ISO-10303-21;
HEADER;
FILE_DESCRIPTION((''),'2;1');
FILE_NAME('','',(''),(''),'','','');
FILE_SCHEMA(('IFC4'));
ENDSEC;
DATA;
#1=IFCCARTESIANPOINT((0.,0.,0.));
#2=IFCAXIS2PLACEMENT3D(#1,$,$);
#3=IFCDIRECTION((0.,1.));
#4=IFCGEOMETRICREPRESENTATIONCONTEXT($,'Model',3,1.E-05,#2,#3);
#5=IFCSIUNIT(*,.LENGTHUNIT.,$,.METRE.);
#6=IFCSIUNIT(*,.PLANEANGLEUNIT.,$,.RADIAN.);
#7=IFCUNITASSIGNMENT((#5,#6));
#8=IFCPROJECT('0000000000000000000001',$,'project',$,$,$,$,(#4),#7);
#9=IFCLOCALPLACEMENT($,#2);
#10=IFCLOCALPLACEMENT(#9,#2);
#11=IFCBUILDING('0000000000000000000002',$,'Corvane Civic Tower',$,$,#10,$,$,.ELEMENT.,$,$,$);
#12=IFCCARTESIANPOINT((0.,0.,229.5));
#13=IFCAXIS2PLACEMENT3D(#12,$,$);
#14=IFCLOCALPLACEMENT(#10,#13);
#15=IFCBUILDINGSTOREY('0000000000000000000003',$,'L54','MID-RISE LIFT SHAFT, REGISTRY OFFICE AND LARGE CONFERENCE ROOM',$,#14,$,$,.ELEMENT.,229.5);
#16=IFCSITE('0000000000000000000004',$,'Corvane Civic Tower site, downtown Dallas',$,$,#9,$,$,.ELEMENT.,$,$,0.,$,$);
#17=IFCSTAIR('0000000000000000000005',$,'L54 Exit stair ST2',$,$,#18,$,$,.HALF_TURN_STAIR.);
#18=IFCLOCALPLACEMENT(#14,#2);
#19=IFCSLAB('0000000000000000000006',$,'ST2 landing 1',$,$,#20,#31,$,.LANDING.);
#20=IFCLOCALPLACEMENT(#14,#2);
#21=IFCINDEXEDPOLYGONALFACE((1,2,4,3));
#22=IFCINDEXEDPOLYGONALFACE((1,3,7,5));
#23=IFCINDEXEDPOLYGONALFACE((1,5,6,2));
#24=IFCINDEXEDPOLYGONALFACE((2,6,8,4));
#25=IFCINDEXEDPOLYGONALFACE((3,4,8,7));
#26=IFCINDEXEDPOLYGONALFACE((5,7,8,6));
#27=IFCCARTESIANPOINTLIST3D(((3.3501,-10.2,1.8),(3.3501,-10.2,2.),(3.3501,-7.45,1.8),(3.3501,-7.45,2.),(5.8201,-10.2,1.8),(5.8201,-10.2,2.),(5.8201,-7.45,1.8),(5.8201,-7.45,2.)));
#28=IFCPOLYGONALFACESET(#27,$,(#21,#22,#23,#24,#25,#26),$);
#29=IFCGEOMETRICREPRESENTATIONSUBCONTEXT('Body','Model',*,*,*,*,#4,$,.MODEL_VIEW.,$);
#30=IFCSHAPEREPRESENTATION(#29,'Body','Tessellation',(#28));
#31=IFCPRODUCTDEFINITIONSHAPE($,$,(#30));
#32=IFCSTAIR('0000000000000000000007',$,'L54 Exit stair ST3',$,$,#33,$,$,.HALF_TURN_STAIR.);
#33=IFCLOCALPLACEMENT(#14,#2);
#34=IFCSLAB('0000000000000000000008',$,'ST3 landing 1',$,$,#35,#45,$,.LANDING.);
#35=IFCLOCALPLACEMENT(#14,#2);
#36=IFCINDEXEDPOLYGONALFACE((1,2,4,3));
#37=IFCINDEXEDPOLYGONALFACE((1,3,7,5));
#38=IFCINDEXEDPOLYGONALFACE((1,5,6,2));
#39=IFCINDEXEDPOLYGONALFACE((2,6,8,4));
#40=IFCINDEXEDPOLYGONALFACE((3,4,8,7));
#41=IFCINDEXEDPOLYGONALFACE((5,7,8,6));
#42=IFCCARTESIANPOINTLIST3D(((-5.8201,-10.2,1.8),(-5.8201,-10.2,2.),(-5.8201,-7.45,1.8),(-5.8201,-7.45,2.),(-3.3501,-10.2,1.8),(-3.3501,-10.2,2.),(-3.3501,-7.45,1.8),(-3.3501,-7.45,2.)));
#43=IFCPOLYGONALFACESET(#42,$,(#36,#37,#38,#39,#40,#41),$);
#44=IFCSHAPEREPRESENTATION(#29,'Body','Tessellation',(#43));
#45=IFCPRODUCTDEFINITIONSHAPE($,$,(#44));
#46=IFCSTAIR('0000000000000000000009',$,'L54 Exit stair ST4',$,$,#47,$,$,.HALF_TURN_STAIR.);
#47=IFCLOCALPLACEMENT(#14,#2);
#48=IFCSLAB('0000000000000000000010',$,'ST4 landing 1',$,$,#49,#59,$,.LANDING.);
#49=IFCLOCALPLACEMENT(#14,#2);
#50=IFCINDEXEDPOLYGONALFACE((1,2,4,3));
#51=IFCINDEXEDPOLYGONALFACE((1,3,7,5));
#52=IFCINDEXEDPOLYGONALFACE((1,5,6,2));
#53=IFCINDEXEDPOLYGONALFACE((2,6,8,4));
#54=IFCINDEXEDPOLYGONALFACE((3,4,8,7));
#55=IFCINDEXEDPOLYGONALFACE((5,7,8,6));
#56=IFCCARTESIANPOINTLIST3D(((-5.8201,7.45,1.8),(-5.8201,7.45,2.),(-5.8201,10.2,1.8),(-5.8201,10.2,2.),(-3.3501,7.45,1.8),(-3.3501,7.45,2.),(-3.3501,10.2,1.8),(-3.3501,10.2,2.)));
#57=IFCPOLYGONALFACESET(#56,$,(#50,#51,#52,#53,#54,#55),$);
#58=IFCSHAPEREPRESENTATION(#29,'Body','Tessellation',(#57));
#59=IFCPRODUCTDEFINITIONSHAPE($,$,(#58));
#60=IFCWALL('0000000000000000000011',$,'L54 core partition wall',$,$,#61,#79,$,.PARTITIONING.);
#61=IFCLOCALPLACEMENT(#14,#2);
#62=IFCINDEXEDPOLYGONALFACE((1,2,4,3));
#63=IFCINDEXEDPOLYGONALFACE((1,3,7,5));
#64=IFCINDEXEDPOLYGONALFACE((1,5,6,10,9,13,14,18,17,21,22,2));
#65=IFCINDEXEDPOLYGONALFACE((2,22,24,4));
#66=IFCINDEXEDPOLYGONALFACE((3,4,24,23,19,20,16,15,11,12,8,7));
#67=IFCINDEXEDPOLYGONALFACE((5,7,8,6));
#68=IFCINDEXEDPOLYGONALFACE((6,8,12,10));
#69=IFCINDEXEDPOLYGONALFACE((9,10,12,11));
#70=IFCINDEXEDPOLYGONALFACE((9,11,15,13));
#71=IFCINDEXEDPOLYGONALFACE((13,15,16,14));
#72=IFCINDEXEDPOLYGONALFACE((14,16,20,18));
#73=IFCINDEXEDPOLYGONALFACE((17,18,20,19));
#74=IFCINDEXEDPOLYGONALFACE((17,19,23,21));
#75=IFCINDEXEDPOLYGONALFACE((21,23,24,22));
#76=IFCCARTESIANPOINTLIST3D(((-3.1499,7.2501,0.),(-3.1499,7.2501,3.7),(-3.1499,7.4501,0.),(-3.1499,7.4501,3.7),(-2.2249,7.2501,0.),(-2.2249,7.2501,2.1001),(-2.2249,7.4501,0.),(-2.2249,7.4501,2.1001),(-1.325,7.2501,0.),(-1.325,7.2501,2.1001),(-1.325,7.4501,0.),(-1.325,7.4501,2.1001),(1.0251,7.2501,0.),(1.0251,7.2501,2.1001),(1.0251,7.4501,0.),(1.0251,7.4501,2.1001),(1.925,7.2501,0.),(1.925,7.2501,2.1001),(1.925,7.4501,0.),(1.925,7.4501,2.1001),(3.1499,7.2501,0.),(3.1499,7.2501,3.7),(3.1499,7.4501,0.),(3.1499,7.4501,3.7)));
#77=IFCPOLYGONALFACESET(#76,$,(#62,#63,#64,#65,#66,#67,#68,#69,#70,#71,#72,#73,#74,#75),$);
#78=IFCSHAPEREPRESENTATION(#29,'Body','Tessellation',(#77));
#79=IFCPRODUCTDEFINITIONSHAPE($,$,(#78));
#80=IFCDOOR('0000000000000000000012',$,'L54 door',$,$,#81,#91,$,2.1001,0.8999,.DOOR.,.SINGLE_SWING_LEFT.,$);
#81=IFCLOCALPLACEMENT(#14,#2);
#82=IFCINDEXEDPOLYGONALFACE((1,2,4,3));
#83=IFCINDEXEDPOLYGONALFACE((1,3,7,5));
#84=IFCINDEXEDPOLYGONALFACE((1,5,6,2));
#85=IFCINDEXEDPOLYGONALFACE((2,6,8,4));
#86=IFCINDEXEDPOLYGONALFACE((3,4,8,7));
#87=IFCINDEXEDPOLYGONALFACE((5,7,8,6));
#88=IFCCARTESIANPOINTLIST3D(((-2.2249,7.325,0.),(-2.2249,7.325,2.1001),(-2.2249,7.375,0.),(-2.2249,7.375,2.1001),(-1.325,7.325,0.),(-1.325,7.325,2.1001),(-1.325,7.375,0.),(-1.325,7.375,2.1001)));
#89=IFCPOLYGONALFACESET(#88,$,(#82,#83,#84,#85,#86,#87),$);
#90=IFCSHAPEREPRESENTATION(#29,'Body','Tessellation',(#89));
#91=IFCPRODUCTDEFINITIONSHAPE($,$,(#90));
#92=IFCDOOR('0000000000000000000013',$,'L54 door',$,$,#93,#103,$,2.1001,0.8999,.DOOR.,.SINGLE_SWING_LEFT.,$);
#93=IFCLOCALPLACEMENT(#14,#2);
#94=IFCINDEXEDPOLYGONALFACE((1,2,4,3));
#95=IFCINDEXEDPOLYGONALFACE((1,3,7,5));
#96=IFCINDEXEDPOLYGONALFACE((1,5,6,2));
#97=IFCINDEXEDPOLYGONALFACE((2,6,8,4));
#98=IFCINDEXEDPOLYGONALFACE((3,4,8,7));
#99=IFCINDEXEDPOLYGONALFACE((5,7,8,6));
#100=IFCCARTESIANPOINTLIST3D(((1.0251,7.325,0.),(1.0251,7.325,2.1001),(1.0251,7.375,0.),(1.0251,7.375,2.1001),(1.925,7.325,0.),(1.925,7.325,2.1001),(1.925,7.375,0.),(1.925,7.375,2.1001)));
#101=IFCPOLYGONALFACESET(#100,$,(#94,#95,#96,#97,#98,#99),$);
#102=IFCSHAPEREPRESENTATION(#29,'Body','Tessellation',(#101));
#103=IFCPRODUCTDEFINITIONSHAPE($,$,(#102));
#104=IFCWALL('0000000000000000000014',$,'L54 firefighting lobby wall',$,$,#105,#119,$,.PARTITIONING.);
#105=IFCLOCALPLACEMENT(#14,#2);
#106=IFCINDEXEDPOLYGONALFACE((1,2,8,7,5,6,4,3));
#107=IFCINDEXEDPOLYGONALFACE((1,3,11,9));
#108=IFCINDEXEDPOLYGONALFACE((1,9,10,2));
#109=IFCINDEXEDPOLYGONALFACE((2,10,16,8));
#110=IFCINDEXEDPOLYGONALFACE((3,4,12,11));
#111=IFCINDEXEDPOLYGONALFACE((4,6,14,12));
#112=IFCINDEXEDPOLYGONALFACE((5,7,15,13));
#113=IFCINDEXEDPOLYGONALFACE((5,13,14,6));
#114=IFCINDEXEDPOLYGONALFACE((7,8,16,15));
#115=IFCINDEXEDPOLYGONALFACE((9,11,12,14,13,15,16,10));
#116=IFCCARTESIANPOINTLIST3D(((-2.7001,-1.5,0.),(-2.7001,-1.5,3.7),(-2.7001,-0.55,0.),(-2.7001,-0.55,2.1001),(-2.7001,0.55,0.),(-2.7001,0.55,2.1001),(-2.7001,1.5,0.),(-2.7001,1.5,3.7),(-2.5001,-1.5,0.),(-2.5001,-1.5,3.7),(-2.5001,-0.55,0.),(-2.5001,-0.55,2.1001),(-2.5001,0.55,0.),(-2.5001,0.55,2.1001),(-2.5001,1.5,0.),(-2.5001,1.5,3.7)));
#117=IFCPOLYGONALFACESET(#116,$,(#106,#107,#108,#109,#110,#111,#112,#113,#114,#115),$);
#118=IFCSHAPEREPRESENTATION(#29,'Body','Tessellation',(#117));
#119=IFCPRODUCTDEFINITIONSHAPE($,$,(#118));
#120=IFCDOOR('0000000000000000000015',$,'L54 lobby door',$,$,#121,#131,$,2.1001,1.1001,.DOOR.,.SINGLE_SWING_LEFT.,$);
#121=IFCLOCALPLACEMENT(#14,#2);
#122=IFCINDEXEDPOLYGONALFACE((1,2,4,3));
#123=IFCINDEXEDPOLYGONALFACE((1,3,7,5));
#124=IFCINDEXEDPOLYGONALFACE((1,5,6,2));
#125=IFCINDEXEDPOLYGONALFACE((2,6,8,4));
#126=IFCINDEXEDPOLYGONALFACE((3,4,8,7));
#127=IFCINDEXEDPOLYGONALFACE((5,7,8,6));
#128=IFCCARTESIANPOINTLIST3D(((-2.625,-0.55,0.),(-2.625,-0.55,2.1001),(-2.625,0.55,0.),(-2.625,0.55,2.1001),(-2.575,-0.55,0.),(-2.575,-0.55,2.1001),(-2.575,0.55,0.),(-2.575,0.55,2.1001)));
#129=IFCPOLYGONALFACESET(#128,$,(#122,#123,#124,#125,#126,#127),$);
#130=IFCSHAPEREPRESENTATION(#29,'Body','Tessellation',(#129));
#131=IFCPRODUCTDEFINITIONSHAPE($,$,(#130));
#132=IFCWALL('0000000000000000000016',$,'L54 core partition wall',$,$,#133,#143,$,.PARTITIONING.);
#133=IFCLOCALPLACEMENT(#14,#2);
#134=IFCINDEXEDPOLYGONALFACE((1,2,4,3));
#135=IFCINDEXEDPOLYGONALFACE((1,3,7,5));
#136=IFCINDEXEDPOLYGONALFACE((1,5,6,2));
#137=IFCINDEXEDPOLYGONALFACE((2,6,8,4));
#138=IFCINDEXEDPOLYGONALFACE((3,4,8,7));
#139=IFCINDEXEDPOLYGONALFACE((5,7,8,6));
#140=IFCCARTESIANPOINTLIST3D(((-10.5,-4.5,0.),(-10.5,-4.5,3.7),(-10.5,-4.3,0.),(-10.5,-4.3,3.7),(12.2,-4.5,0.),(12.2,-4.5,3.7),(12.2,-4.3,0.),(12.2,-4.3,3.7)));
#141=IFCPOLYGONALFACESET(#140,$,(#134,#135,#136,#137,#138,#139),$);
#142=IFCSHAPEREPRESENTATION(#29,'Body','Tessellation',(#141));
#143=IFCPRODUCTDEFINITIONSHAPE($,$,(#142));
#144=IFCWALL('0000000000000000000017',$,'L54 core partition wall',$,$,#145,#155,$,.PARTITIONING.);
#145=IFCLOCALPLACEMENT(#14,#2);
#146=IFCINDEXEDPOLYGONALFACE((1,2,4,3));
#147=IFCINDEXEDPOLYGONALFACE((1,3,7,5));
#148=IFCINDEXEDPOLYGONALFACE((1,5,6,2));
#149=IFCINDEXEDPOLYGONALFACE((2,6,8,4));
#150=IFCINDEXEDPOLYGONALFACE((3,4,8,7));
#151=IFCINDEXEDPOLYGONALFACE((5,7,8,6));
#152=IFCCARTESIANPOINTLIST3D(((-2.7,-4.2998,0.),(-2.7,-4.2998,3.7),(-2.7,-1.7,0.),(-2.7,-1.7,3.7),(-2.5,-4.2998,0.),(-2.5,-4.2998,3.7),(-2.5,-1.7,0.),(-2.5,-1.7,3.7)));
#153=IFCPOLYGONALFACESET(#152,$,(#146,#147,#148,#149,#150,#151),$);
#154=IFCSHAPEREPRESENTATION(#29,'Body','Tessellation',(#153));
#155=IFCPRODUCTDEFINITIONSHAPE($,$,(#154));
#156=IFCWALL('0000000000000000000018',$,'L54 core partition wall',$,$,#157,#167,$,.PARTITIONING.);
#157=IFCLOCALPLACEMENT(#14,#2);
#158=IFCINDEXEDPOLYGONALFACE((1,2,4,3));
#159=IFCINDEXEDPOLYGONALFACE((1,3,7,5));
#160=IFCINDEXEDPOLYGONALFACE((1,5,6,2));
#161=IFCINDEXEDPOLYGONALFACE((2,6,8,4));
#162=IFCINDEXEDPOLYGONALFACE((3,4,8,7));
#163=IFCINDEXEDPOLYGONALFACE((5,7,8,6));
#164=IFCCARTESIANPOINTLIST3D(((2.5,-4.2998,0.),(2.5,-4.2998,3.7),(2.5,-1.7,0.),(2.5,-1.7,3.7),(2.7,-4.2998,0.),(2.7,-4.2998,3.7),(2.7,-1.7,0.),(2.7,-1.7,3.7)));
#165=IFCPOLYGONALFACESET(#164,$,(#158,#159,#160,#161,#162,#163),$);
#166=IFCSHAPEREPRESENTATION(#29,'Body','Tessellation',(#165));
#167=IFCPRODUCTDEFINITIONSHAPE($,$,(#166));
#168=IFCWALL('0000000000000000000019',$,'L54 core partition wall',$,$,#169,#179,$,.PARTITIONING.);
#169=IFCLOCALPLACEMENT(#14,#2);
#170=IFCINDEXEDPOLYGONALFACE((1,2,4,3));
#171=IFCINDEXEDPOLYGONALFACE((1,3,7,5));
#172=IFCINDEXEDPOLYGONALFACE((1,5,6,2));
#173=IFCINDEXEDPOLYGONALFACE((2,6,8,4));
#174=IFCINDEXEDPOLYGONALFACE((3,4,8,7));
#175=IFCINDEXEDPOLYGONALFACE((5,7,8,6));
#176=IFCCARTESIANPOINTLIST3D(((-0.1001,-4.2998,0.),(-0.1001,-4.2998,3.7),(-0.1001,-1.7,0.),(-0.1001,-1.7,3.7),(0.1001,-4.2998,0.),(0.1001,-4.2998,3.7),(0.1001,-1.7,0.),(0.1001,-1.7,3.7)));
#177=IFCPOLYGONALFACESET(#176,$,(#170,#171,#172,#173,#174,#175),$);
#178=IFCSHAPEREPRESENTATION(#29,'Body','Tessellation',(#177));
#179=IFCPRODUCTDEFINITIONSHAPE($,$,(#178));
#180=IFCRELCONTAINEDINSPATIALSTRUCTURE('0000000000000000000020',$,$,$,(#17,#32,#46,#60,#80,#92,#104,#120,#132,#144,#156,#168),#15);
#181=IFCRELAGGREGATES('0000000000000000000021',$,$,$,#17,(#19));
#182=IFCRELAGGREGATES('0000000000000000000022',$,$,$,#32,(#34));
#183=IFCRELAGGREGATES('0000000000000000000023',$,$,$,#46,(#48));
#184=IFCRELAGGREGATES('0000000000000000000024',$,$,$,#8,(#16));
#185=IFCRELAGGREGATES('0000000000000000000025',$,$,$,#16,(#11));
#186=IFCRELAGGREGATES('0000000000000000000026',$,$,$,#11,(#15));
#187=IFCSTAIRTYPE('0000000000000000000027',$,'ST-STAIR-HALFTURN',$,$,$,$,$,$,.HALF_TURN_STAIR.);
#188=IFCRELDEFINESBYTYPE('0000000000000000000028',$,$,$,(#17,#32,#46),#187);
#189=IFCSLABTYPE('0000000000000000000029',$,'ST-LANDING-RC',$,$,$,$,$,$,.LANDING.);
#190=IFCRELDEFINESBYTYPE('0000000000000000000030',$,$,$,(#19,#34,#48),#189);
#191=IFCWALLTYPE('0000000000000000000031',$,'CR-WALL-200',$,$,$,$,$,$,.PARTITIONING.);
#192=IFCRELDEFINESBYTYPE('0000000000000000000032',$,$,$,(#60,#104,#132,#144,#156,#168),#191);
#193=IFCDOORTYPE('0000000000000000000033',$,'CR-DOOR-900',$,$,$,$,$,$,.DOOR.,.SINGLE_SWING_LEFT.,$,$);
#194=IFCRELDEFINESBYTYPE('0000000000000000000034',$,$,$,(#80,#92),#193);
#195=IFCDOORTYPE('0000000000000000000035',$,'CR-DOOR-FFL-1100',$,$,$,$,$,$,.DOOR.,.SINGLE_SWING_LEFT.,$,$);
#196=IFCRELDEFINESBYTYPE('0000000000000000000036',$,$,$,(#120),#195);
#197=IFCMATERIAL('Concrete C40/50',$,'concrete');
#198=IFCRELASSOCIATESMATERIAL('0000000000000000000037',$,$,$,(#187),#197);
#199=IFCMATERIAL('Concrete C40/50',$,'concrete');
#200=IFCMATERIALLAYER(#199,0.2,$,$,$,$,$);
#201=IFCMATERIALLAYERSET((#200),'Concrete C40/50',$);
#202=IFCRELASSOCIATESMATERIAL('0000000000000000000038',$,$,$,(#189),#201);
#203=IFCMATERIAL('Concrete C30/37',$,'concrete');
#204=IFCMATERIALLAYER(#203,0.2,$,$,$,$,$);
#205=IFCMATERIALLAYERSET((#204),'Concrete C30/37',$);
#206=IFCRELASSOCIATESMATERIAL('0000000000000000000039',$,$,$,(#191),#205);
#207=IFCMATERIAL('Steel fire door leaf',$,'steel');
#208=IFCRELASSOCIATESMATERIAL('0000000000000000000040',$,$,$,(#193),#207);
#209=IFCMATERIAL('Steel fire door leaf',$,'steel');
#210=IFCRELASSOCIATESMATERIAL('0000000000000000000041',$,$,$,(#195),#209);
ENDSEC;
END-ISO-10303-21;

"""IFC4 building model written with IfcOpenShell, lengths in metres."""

from ifc_helpers import new_model, si_unit, direction, frame, frame_2d, origin, place, context, subcontext, project, spatial, polyline, rectangle, outline, extrude, material, layer, layer_set, type_object, element, fill, aggregate, save


model = new_model("IFC4")

# Units and contexts
model_context = context("Model", 3, precision=1e-05, world=origin(), true_north=direction((0.0, 1.0)))
body_context = subcontext(model_context, "Body", "Model", "MODEL_VIEW")
ifc_project = project(units=[si_unit("LENGTHUNIT", "METRE"), si_unit("PLANEANGLEUNIT", "RADIAN")], contexts=[model_context])

# Site, building, storey
site_placement = place(None, origin())
site = spatial("IfcSite", under=ifc_project, at=site_placement, Name="Corvane Civic Tower site, downtown Dallas", CompositionType="ELEMENT", RefElevation=0.0)
building_placement = place(site_placement, origin())
building = spatial("IfcBuilding", under=site, at=building_placement, Name="Corvane Civic Tower", CompositionType="ELEMENT")
storey_placement = place(building_placement, frame((0.0, 0.0, 229.5)))
storey = spatial("IfcBuildingStorey", under=building, at=storey_placement, Name="L54", Description="MID-RISE LIFT SHAFT, REGISTRY OFFICE AND LARGE CONFERENCE ROOM", CompositionType="ELEMENT", Elevation=229.5)

# Stairs, slabs
ifc_material_1 = material(Name="Concrete C40/50", Category="concrete")
stair_type = type_object("IfcStairType", Name="ST-STAIR-HALFTURN", PredefinedType="HALF_TURN_STAIR", material=ifc_material_1)
ifc_material_2 = material(Name="Concrete C40/50", Category="concrete")
ifc_layer_1 = layer(ifc_material_2, 0.2)
ifc_layer_set_1 = layer_set([ifc_layer_1], Name="Concrete C40/50")
slab_type_1 = type_object("IfcSlabType", Name="ST-LANDING-RC", PredefinedType="LANDING", material=ifc_layer_set_1)
stair_1_placement = place(storey_placement, origin())
stair_1 = element("IfcStair", 1, at=stair_1_placement, inside=storey, type_object=stair_type, Name="L54 Exit stair ST2", PredefinedType="HALF_TURN_STAIR")
slab_1_placement = place(storey_placement, frame((0.0, 0.0, 1.8)))
slab_1 = element("IfcSlab", 2, at=slab_1_placement, type_object=slab_type_1, Name="ST2 landing 1", PredefinedType="LANDING", context=body_context, shape_type="SweptSolid", body=[
    extrude(outline(polyline([(5.8201, -7.45), (3.3501, -7.45), (3.3501, -10.2), (5.8201, -10.2), (5.8201, -7.45)])), origin(), (0.0, 0.0, 1.0), 0.2),
])
aggregate(stair_1, [slab_1])
stair_2_placement = place(storey_placement, origin())
stair_2 = element("IfcStair", 3, at=stair_2_placement, inside=storey, type_object=stair_type, Name="L54 Exit stair ST3", PredefinedType="HALF_TURN_STAIR")
slab_2_placement = place(storey_placement, frame((0.0, 0.0, 1.8)))
slab_2 = element("IfcSlab", 4, at=slab_2_placement, type_object=slab_type_1, Name="ST3 landing 1", PredefinedType="LANDING", context=body_context, shape_type="SweptSolid", body=[
    extrude(outline(polyline([(-5.8201, -10.2), (-3.3501, -10.2), (-3.3501, -7.45), (-5.8201, -7.45), (-5.8201, -10.2)])), origin(), (0.0, 0.0, 1.0), 0.2),
])
aggregate(stair_2, [slab_2])
stair_3_placement = place(storey_placement, origin())
stair_3 = element("IfcStair", 5, at=stair_3_placement, inside=storey, type_object=stair_type, Name="L54 Exit stair ST4", PredefinedType="HALF_TURN_STAIR")
slab_3_placement = place(storey_placement, frame((0.0, 0.0, 1.8)))
slab_3 = element("IfcSlab", 6, at=slab_3_placement, type_object=slab_type_1, Name="ST4 landing 1", PredefinedType="LANDING", context=body_context, shape_type="SweptSolid", body=[
    extrude(outline(polyline([(-5.8201, 7.45), (-3.3501, 7.45), (-3.3501, 10.2), (-5.8201, 10.2), (-5.8201, 7.45)])), origin(), (0.0, 0.0, 1.0), 0.2),
])

# Wall, openings, doors
ifc_material_3 = material(Name="Concrete C30/37", Category="concrete")
ifc_layer_2 = layer(ifc_material_3, 0.2)
ifc_layer_set_2 = layer_set([ifc_layer_2], Name="Concrete C30/37")
wall_type_1 = type_object("IfcWallType", Name="CR-WALL-200", PredefinedType="PARTITIONING", material=ifc_layer_set_2)
wall_1_placement = place(storey_placement, frame((-3.1499, 7.3501, 0.0), z_axis=(0.0, 0.0, 1.0), x_axis=(1.0, 0.0, 0.0)))
wall_1 = element("IfcWall", 7, at=wall_1_placement, inside=storey, type_object=wall_type_1, Name="L54 core partition wall", PredefinedType="PARTITIONING", context=body_context, shape_type="SweptSolid", body=[
    extrude(rectangle(XDim=6.2998, YDim=0.2, at=frame_2d((3.1499, 0.0))), origin(), (0.0, 0.0, 1.0), 3.7),
])
opening_1_placement = place(wall_1_placement, frame((0.925, 0.0, 0.0)))
opening_1 = element("IfcOpeningElement", 8, at=opening_1_placement, cuts=wall_1, PredefinedType="OPENING", context=body_context, shape_type="SweptSolid", body=[
    extrude(rectangle(XDim=0.8999, YDim=2.1001, at=frame_2d((0.45, 1.05))), frame((0.0, 0.1099, 0.0), z_axis=(0.0, -1.0, 0.0), x_axis=(1.0, 0.0, 0.0)), (0.0, 0.0, 1.0), 0.22),
])
opening_2_placement = place(wall_1_placement, frame((4.175, 0.0, 0.0)))
opening_2 = element("IfcOpeningElement", 9, at=opening_2_placement, cuts=wall_1, PredefinedType="OPENING", context=body_context, shape_type="SweptSolid", body=[
    extrude(rectangle(XDim=0.8999, YDim=2.1001, at=frame_2d((0.45, 1.05))), frame((0.0, 0.1099, 0.0), z_axis=(0.0, -1.0, 0.0), x_axis=(1.0, 0.0, 0.0)), (0.0, 0.0, 1.0), 0.22),
])
ifc_material_4 = material(Name="Steel fire door leaf", Category="steel")
door_type_1 = type_object("IfcDoorType", Name="CR-DOOR-900", OperationType="SINGLE_SWING_LEFT", PredefinedType="DOOR", material=ifc_material_4)
door_1_placement = place(opening_1_placement, origin())
door_1 = element("IfcDoor", 10, at=door_1_placement, inside=storey, type_object=door_type_1, Name="L54 door", OperationType="SINGLE_SWING_LEFT", OverallHeight=2.1001, OverallWidth=0.8999, PredefinedType="DOOR", context=body_context, shape_type="SweptSolid", body=[
    extrude(rectangle(XDim=0.8999, YDim=2.1001, at=frame_2d((0.45, 1.05))), frame((0.0, 0.0249, 0.0), z_axis=(0.0, -1.0, 0.0), x_axis=(1.0, 0.0, 0.0)), (0.0, 0.0, 1.0), 0.05),
])
fill(opening_1, door_1)
door_2_placement = place(opening_2_placement, origin())
door_2 = element("IfcDoor", 11, at=door_2_placement, inside=storey, type_object=door_type_1, Name="L54 door", OperationType="SINGLE_SWING_LEFT", OverallHeight=2.1001, OverallWidth=0.8999, PredefinedType="DOOR", context=body_context, shape_type="SweptSolid", body=[
    extrude(rectangle(XDim=0.8999, YDim=2.1001, at=frame_2d((0.45, 1.05))), frame((0.0, 0.0249, 0.0), z_axis=(0.0, -1.0, 0.0), x_axis=(1.0, 0.0, 0.0)), (0.0, 0.0, 1.0), 0.05),
])
fill(opening_2, door_2)

# Wall, opening, door
wall_2_placement = place(storey_placement, frame((-2.6001, -1.5, 0.0), z_axis=(0.0, 0.0, 1.0), x_axis=(0.0, 1.0, 0.0)))
wall_2 = element("IfcWall", 12, at=wall_2_placement, inside=storey, type_object=wall_type_1, Name="L54 firefighting lobby wall", PredefinedType="PARTITIONING", context=body_context, shape_type="SweptSolid", body=[
    extrude(rectangle(XDim=3.0, YDim=0.2, at=frame_2d((1.5, 0.0))), origin(), (0.0, 0.0, 1.0), 3.7),
])
opening_3_placement = place(wall_2_placement, frame((0.95, 0.0, 0.0)))
opening_3 = element("IfcOpeningElement", 13, at=opening_3_placement, cuts=wall_2, PredefinedType="OPENING", context=body_context, shape_type="SweptSolid", body=[
    extrude(rectangle(XDim=1.1001, YDim=2.1001, at=frame_2d((0.55, 1.05))), frame((0.0, 0.1099, 0.0), z_axis=(0.0, -1.0, 0.0), x_axis=(1.0, 0.0, 0.0)), (0.0, 0.0, 1.0), 0.22),
])
ifc_material_5 = material(Name="Steel fire door leaf", Category="steel")
door_type_2 = type_object("IfcDoorType", Name="CR-DOOR-FFL-1100", OperationType="SINGLE_SWING_LEFT", PredefinedType="DOOR", material=ifc_material_5)
door_3_placement = place(opening_3_placement, origin())
door_3 = element("IfcDoor", 14, at=door_3_placement, inside=storey, type_object=door_type_2, Name="L54 lobby door", OperationType="SINGLE_SWING_LEFT", OverallHeight=2.1001, OverallWidth=1.1001, PredefinedType="DOOR", context=body_context, shape_type="SweptSolid", body=[
    extrude(rectangle(XDim=1.1001, YDim=2.1001, at=frame_2d((0.55, 1.05))), frame((0.0, 0.0249, 0.0), z_axis=(0.0, -1.0, 0.0), x_axis=(1.0, 0.0, 0.0)), (0.0, 0.0, 1.0), 0.05),
])
fill(opening_3, door_3)

# Walls
wall_3_placement = place(storey_placement, origin())
element("IfcWall", 15, at=wall_3_placement, inside=storey, type_object=wall_type_1, Name="L54 core partition wall", PredefinedType="PARTITIONING", context=body_context, shape_type="SweptSolid", body=[
    extrude(outline(polyline([(12.2, -4.3), (12.2, -4.5), (-10.5, -4.5), (-10.5, -4.3), (12.2, -4.3)])), origin(), (0.0, 0.0, 1.0), 3.7),
])
wall_4_placement = place(storey_placement, origin())
element("IfcWall", 16, at=wall_4_placement, inside=storey, type_object=wall_type_1, Name="L54 core partition wall", PredefinedType="PARTITIONING", context=body_context, shape_type="SweptSolid", body=[
    extrude(outline(polyline([(-2.5, -1.7), (-2.5, -4.2998), (-2.7, -4.2998), (-2.7, -1.7), (-2.5, -1.7)])), origin(), (0.0, 0.0, 1.0), 3.7),
])
wall_5_placement = place(storey_placement, origin())
element("IfcWall", 17, at=wall_5_placement, inside=storey, type_object=wall_type_1, Name="L54 core partition wall", PredefinedType="PARTITIONING", context=body_context, shape_type="SweptSolid", body=[
    extrude(outline(polyline([(2.7, -1.7), (2.7, -4.2998), (2.5, -4.2998), (2.5, -1.7), (2.7, -1.7)])), origin(), (0.0, 0.0, 1.0), 3.7),
])
wall_6_placement = place(storey_placement, origin())
element("IfcWall", 18, at=wall_6_placement, inside=storey, type_object=wall_type_1, Name="L54 core partition wall", PredefinedType="PARTITIONING", context=body_context, shape_type="SweptSolid", body=[
    extrude(outline(polyline([(0.1001, -1.7), (0.1001, -4.2998), (-0.1001, -4.2998), (-0.1001, -1.7), (0.1001, -1.7)])), origin(), (0.0, 0.0, 1.0), 3.7),
])

aggregate(stair_3, [slab_3])

save(model, "model.ifc")
